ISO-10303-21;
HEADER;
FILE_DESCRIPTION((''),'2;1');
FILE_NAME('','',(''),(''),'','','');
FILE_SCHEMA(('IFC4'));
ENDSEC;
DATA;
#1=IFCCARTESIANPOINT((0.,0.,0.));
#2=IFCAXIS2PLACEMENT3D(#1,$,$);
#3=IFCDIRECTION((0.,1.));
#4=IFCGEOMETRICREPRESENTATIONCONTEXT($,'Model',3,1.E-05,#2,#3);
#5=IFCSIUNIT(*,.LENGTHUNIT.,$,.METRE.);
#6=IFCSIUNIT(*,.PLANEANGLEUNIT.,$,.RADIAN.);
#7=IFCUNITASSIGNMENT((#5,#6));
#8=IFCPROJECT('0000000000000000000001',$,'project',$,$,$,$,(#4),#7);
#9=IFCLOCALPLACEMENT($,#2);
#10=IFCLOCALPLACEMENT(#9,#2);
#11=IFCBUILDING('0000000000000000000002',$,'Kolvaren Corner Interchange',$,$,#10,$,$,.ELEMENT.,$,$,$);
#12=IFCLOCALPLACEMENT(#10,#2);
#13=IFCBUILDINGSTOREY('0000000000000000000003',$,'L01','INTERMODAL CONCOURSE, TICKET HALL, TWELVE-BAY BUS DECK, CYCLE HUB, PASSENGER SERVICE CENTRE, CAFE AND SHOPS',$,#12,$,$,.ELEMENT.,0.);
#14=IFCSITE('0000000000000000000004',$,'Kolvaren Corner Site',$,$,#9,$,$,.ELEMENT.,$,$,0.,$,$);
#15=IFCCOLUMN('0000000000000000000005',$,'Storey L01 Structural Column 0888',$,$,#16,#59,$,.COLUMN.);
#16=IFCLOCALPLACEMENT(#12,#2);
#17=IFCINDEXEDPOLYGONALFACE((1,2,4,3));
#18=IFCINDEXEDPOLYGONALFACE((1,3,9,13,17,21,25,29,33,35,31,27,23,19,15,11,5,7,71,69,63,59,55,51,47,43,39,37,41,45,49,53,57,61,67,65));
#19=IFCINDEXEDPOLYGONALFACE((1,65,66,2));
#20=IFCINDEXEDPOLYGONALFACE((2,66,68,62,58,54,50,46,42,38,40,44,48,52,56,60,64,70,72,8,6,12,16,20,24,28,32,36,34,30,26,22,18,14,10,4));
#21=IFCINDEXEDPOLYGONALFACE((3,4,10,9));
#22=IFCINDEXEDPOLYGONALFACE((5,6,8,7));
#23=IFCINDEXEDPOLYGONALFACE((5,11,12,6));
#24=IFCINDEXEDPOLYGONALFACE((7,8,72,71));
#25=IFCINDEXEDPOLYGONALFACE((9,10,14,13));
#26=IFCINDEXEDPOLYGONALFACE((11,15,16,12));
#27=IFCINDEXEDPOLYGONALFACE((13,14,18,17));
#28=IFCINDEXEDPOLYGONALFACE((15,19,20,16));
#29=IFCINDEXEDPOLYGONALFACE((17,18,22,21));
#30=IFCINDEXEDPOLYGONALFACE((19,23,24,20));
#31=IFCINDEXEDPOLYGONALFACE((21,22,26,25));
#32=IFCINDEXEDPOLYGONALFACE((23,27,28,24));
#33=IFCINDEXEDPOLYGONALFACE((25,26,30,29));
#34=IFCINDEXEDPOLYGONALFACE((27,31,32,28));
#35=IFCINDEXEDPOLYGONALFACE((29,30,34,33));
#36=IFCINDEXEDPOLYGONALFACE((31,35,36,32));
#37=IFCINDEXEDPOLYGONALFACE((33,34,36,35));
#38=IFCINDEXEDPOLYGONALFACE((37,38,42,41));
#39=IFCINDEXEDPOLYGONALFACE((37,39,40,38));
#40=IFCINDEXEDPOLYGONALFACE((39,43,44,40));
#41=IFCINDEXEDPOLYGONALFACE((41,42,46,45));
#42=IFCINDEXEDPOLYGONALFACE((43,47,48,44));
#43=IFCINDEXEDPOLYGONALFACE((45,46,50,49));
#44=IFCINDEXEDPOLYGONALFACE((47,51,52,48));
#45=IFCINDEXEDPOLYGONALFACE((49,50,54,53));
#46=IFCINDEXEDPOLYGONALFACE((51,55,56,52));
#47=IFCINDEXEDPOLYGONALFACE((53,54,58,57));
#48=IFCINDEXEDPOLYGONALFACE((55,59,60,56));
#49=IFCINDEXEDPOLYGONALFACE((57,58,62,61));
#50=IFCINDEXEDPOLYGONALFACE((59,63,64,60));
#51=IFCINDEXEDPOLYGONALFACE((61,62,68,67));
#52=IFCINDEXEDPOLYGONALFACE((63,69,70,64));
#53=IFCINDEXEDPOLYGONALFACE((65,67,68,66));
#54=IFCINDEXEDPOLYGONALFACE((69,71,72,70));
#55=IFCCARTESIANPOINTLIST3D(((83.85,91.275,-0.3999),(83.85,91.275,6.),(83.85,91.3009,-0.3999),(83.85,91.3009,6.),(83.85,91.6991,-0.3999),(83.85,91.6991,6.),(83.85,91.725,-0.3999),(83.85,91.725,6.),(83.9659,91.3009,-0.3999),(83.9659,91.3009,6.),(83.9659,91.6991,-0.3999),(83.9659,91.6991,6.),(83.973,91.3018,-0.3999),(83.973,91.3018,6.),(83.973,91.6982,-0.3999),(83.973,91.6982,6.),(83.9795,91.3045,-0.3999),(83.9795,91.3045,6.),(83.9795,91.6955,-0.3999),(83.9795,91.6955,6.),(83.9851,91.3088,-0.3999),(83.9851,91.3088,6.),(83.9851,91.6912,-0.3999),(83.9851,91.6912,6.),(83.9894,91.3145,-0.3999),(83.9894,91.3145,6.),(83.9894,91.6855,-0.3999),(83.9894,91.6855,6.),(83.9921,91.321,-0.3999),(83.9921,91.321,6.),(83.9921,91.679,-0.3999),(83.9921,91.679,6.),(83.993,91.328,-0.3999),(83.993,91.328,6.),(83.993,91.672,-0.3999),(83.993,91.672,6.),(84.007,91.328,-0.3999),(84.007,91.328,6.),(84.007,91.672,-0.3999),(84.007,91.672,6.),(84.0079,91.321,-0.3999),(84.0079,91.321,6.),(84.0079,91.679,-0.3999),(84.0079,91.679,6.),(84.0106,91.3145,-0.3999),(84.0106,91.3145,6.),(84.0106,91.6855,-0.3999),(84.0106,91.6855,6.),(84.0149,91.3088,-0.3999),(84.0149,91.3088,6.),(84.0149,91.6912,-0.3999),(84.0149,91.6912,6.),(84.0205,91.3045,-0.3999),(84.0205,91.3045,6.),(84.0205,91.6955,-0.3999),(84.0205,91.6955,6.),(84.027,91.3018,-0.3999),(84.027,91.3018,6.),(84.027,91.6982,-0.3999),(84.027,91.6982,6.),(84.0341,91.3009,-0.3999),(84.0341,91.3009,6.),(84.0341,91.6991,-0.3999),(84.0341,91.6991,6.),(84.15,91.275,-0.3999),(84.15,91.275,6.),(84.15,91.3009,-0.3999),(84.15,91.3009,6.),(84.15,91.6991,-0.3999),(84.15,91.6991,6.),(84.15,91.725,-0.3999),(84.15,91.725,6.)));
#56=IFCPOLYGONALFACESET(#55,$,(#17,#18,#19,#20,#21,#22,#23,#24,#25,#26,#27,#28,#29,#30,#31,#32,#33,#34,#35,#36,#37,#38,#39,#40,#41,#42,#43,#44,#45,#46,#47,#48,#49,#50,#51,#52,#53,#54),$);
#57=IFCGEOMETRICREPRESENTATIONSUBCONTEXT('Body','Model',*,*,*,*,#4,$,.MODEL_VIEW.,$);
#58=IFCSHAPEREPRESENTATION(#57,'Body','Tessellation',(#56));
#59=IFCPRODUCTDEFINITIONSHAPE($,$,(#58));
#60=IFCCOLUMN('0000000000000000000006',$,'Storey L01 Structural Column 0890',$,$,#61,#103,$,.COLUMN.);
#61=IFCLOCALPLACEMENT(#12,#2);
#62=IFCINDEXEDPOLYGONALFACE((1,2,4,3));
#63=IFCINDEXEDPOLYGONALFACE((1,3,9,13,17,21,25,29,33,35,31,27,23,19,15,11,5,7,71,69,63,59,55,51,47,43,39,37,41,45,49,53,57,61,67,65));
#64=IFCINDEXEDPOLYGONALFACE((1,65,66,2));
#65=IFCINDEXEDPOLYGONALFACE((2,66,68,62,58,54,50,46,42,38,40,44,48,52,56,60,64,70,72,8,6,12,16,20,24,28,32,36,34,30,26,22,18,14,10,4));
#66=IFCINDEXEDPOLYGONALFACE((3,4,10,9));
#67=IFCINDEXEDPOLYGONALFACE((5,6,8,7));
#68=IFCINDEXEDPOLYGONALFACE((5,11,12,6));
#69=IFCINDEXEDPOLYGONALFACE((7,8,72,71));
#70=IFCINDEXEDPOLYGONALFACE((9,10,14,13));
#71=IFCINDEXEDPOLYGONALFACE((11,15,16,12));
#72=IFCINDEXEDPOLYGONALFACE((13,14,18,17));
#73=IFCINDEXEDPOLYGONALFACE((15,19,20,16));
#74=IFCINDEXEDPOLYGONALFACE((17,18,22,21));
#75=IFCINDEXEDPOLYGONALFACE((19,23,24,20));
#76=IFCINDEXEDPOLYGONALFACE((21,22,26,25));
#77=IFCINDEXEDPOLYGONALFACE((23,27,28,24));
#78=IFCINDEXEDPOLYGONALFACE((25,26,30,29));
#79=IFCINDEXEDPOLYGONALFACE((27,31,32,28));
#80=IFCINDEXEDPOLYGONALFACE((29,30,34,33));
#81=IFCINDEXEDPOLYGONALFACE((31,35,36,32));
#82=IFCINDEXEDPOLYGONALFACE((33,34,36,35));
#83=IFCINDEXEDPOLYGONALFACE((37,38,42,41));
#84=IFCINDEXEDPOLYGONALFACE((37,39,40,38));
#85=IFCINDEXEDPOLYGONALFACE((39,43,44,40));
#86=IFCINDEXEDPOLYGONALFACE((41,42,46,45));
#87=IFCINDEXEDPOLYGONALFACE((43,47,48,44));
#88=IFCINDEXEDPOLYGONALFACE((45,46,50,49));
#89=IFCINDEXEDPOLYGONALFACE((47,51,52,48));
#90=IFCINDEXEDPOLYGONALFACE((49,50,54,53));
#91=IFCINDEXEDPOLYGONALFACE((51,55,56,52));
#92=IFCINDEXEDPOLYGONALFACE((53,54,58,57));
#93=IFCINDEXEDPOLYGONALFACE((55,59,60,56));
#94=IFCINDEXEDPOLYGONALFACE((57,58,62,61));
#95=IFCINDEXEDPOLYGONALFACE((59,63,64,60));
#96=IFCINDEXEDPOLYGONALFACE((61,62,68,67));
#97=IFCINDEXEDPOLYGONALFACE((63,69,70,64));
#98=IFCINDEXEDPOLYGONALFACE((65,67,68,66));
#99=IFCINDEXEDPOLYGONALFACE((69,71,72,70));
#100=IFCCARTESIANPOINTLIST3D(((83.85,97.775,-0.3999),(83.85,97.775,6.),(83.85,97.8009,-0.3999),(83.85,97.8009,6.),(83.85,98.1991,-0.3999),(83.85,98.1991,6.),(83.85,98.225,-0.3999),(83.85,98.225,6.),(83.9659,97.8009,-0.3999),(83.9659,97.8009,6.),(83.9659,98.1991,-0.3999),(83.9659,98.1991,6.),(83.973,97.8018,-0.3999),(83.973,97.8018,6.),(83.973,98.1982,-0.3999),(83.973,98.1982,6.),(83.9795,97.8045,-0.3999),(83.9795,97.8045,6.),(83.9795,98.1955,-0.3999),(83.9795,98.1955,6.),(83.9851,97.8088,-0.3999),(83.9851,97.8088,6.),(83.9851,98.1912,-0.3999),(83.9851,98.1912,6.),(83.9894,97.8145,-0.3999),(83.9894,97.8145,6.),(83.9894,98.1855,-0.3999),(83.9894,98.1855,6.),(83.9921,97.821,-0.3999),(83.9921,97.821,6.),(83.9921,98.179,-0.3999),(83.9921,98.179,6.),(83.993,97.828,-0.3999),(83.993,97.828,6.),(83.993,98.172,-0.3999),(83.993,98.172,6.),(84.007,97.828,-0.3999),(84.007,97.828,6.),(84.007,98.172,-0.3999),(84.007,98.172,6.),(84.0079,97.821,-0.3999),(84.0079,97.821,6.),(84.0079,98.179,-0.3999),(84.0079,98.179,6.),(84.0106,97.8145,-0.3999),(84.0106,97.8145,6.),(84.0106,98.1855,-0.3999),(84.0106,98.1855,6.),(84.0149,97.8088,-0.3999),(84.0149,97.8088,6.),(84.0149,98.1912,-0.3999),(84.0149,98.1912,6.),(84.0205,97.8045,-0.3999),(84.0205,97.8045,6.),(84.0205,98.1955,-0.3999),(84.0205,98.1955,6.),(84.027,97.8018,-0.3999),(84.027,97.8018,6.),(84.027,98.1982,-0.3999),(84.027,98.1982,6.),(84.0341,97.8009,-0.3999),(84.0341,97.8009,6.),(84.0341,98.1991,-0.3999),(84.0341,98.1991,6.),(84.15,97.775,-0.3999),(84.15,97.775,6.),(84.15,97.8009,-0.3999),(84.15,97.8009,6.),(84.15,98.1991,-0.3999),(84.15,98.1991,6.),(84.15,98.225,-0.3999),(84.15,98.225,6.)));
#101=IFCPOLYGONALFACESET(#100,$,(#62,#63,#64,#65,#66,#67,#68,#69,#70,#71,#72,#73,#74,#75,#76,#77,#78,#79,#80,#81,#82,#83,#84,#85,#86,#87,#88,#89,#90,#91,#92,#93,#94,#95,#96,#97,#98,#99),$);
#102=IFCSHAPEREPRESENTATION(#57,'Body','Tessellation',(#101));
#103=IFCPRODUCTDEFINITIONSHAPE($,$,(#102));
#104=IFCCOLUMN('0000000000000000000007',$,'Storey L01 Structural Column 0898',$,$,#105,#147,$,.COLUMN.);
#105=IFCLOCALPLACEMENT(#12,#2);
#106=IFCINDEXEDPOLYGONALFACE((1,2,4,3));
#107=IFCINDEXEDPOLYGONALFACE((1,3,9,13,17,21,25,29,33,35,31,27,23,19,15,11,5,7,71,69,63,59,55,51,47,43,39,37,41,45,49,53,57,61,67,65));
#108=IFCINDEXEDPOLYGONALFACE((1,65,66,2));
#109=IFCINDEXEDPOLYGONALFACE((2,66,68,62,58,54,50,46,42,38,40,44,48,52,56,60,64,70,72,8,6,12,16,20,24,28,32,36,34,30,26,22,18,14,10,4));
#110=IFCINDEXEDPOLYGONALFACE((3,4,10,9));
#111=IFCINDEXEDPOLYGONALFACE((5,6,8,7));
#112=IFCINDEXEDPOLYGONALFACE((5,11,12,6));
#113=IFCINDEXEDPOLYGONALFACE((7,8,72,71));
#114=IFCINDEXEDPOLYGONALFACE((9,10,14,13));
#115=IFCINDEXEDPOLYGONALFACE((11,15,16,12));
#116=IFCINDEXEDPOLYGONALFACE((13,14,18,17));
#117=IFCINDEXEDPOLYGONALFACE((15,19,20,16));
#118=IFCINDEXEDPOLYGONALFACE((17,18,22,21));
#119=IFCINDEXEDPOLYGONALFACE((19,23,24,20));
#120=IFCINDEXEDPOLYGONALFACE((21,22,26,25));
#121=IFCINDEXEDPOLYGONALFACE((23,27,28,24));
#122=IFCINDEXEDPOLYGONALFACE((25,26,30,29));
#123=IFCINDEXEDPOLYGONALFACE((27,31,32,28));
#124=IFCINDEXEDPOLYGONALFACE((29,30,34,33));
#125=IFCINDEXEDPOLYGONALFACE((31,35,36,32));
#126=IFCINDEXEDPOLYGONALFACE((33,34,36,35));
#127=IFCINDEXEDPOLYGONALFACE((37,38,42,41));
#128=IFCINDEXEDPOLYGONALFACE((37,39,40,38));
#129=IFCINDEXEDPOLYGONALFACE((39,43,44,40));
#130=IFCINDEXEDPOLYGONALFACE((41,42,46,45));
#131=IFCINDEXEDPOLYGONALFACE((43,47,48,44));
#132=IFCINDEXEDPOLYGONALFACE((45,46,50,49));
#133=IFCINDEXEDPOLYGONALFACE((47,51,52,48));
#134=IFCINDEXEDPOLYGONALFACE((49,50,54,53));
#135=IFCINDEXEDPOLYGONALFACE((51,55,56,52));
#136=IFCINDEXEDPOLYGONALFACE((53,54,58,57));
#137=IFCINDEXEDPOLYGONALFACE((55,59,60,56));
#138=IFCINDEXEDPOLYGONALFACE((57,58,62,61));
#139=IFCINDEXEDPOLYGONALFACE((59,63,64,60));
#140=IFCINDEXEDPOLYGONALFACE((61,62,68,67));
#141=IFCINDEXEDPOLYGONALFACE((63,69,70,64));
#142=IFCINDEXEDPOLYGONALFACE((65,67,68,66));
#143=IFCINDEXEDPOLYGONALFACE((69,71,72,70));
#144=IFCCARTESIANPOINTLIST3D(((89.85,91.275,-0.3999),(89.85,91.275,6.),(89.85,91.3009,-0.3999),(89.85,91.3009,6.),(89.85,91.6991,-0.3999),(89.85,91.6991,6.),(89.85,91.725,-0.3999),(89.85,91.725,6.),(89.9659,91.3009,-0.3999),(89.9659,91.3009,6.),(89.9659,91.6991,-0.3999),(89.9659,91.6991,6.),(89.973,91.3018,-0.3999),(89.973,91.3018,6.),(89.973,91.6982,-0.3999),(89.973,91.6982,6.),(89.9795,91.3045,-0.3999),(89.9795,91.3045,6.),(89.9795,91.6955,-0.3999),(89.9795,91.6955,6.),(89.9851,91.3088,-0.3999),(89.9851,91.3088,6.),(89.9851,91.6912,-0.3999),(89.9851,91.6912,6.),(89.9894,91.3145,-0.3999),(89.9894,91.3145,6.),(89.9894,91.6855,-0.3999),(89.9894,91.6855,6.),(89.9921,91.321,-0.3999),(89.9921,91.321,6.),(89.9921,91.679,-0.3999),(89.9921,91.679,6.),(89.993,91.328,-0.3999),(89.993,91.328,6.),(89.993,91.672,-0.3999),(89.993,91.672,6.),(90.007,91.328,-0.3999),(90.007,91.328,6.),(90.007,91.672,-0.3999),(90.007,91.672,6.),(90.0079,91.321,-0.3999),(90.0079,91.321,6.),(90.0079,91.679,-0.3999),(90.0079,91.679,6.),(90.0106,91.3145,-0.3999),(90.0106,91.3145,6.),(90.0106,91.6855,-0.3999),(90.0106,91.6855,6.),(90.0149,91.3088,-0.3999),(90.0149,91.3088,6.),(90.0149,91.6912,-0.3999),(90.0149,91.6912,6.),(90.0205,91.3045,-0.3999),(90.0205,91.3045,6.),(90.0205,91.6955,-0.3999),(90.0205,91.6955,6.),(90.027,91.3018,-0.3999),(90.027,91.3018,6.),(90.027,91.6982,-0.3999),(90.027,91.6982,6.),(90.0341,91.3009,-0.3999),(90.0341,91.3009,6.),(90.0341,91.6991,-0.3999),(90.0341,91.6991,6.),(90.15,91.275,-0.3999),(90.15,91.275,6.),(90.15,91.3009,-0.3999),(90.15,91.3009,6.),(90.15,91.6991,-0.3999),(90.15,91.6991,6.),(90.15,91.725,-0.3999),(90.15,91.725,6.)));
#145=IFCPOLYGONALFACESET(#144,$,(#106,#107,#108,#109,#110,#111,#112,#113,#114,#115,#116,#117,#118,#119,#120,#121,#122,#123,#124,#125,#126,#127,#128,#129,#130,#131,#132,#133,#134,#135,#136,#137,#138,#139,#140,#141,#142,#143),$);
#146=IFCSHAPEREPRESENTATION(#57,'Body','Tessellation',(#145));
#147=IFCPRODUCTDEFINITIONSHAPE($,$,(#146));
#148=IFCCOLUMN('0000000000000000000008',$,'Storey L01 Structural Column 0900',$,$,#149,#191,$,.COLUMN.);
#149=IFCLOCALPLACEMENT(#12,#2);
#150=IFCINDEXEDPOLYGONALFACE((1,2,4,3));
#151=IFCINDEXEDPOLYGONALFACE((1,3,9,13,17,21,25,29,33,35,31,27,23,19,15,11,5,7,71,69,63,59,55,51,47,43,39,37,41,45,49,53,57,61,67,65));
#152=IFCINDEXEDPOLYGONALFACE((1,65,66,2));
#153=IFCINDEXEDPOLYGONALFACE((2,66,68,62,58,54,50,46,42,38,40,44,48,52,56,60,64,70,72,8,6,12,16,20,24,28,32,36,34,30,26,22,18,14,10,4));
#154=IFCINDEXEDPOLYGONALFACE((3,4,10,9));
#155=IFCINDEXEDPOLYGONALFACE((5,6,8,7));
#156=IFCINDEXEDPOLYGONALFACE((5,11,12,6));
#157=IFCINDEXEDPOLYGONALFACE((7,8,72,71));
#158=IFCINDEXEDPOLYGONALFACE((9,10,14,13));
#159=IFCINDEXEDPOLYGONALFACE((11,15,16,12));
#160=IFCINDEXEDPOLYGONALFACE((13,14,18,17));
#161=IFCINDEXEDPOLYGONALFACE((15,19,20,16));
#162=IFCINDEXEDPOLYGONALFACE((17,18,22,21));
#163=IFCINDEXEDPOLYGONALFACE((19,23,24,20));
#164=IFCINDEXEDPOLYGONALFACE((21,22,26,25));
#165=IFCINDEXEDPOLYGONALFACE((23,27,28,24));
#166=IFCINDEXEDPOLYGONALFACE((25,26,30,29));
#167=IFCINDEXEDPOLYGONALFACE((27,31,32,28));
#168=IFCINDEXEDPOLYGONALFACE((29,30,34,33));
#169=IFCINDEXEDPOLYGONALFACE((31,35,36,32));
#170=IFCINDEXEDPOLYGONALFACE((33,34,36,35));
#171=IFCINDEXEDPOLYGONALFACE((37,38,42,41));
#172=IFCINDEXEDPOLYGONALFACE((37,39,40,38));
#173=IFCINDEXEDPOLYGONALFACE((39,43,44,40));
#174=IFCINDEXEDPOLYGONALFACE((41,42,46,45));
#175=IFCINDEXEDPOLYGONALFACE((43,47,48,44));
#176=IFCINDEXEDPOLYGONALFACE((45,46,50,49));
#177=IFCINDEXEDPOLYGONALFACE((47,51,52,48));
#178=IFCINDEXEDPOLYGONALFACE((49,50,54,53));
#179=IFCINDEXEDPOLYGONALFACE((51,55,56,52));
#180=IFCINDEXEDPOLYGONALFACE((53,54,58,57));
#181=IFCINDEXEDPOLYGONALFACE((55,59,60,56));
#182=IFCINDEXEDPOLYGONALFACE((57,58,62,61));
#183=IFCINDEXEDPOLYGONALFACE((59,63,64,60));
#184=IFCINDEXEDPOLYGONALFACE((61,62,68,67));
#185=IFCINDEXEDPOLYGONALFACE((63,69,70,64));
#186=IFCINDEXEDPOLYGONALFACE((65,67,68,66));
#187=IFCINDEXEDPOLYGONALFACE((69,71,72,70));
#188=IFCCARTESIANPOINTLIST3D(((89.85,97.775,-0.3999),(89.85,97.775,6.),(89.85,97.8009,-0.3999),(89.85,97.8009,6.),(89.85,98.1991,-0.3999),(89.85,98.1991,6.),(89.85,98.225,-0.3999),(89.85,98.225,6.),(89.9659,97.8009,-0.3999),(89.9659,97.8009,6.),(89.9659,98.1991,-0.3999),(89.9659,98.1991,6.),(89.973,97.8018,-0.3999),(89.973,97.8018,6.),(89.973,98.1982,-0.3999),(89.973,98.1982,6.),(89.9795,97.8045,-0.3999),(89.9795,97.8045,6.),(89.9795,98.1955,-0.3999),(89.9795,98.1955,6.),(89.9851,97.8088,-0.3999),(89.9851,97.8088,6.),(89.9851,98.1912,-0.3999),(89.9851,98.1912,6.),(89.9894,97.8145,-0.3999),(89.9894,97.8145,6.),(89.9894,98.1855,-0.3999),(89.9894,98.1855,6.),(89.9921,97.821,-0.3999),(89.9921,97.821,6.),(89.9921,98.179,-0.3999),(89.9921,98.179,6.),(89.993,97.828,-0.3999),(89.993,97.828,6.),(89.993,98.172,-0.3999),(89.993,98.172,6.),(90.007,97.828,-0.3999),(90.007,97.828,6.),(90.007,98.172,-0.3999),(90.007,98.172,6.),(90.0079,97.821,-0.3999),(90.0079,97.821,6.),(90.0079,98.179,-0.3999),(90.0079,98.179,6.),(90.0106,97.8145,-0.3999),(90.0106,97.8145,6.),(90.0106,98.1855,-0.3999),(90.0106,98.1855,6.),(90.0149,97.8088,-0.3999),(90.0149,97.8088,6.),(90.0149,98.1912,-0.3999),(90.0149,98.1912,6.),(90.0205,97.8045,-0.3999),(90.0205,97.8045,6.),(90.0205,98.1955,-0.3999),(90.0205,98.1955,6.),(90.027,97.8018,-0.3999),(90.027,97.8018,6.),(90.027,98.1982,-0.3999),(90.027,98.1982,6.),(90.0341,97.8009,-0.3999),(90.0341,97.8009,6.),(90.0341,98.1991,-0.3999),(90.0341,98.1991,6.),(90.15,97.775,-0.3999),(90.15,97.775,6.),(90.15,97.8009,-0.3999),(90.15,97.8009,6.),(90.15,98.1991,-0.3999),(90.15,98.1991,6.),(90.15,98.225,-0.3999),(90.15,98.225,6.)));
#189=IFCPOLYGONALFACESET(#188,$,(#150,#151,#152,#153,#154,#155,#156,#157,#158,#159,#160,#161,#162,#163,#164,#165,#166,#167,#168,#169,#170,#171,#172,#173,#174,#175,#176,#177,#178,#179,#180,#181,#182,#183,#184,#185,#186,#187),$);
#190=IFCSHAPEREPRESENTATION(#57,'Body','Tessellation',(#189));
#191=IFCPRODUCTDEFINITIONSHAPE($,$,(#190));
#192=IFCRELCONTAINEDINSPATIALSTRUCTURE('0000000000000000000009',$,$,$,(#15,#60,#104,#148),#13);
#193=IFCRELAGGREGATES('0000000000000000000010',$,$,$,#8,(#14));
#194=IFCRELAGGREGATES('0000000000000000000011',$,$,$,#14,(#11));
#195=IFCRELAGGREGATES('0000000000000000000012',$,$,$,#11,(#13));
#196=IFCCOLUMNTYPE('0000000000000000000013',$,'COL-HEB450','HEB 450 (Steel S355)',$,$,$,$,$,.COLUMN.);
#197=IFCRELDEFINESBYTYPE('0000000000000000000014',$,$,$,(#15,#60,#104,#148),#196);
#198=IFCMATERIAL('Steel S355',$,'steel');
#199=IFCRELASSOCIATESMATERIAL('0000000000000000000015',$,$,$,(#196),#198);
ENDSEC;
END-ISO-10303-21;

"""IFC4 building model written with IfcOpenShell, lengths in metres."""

from ifc_helpers import new_model, si_unit, direction, frame, origin, origin_2d, place, context, subcontext, project, spatial, i_section, extrude, material, material_profile, profile_set, type_object, element, save


model = new_model("IFC4")

# Units and contexts
model_context = context("Model", 3, precision=1e-05, world=origin(), true_north=direction((0.0, 1.0)))
body_context = subcontext(model_context, "Body", "Model", "MODEL_VIEW")
ifc_project = project(units=[si_unit("LENGTHUNIT", "METRE"), si_unit("PLANEANGLEUNIT", "RADIAN")], contexts=[model_context])

# Site, building, storey
site_placement = place(None, origin())
site = spatial("IfcSite", under=ifc_project, at=site_placement, Name="Kolvaren Corner Site", CompositionType="ELEMENT", RefElevation=0.0)
building_placement = place(site_placement, origin())
building = spatial("IfcBuilding", under=site, at=building_placement, Name="Kolvaren Corner Interchange", CompositionType="ELEMENT")
storey_placement = place(building_placement, origin())
storey = spatial("IfcBuildingStorey", under=building, at=storey_placement, Name="L01", Description="INTERMODAL CONCOURSE, TICKET HALL, TWELVE-BAY BUS DECK, CYCLE HUB, PASSENGER SERVICE CENTRE, CAFE AND SHOPS", CompositionType="ELEMENT", Elevation=0.0)

# Columns
ifc_material_1 = material(Name="Steel S355", Category="steel")
ifc_material_profile_1 = material_profile(ifc_material_1, i_section(OverallWidth=0.3, OverallDepth=0.45, WebThickness=0.0139, FlangeThickness=0.0259, FilletRadius=0.0271, at=origin_2d()), Name="HEB 450")
ifc_profile_set_1 = profile_set([ifc_material_profile_1], Name="Steel S355")
column_type = type_object("IfcColumnType", Name="COL-HEB450", Description="HEB 450 (Steel S355)", PredefinedType="COLUMN", material=ifc_profile_set_1)
for number, where, z_axis, x_axis, name in (
    (1, (84.0, 91.5, -0.3999), (0.0, 0.0, 1.0), (1.0, 0.0, 0.0), "Storey L01 Structural Column 0888"),
    (2, (84.0, 98.0, -0.3999), (0.0, 0.0, 1.0), (1.0, 0.0, 0.0), "Storey L01 Structural Column 0890"),
    (3, (90.0, 91.5, -0.3999), (0.0, 0.0, 1.0), (1.0, 0.0, 0.0), "Storey L01 Structural Column 0898"),
    (4, (90.0, 98.0, -0.3999), (0.0, 0.0, 1.0), (1.0, 0.0, 0.0), "Storey L01 Structural Column 0900"),
):
    element("IfcColumn", number, at=place(storey_placement, frame(where, z_axis=z_axis, x_axis=x_axis)), inside=storey, type_object=column_type, Name=name, PredefinedType="COLUMN", context=body_context, shape_type="SweptSolid", body=[
        extrude(i_section(OverallWidth=0.3, OverallDepth=0.45, WebThickness=0.0139, FlangeThickness=0.0259, FilletRadius=0.0271, at=origin_2d()), origin(), (0.0, 0.0, 1.0), 6.3999),
    ])

save(model, "model.ifc")
